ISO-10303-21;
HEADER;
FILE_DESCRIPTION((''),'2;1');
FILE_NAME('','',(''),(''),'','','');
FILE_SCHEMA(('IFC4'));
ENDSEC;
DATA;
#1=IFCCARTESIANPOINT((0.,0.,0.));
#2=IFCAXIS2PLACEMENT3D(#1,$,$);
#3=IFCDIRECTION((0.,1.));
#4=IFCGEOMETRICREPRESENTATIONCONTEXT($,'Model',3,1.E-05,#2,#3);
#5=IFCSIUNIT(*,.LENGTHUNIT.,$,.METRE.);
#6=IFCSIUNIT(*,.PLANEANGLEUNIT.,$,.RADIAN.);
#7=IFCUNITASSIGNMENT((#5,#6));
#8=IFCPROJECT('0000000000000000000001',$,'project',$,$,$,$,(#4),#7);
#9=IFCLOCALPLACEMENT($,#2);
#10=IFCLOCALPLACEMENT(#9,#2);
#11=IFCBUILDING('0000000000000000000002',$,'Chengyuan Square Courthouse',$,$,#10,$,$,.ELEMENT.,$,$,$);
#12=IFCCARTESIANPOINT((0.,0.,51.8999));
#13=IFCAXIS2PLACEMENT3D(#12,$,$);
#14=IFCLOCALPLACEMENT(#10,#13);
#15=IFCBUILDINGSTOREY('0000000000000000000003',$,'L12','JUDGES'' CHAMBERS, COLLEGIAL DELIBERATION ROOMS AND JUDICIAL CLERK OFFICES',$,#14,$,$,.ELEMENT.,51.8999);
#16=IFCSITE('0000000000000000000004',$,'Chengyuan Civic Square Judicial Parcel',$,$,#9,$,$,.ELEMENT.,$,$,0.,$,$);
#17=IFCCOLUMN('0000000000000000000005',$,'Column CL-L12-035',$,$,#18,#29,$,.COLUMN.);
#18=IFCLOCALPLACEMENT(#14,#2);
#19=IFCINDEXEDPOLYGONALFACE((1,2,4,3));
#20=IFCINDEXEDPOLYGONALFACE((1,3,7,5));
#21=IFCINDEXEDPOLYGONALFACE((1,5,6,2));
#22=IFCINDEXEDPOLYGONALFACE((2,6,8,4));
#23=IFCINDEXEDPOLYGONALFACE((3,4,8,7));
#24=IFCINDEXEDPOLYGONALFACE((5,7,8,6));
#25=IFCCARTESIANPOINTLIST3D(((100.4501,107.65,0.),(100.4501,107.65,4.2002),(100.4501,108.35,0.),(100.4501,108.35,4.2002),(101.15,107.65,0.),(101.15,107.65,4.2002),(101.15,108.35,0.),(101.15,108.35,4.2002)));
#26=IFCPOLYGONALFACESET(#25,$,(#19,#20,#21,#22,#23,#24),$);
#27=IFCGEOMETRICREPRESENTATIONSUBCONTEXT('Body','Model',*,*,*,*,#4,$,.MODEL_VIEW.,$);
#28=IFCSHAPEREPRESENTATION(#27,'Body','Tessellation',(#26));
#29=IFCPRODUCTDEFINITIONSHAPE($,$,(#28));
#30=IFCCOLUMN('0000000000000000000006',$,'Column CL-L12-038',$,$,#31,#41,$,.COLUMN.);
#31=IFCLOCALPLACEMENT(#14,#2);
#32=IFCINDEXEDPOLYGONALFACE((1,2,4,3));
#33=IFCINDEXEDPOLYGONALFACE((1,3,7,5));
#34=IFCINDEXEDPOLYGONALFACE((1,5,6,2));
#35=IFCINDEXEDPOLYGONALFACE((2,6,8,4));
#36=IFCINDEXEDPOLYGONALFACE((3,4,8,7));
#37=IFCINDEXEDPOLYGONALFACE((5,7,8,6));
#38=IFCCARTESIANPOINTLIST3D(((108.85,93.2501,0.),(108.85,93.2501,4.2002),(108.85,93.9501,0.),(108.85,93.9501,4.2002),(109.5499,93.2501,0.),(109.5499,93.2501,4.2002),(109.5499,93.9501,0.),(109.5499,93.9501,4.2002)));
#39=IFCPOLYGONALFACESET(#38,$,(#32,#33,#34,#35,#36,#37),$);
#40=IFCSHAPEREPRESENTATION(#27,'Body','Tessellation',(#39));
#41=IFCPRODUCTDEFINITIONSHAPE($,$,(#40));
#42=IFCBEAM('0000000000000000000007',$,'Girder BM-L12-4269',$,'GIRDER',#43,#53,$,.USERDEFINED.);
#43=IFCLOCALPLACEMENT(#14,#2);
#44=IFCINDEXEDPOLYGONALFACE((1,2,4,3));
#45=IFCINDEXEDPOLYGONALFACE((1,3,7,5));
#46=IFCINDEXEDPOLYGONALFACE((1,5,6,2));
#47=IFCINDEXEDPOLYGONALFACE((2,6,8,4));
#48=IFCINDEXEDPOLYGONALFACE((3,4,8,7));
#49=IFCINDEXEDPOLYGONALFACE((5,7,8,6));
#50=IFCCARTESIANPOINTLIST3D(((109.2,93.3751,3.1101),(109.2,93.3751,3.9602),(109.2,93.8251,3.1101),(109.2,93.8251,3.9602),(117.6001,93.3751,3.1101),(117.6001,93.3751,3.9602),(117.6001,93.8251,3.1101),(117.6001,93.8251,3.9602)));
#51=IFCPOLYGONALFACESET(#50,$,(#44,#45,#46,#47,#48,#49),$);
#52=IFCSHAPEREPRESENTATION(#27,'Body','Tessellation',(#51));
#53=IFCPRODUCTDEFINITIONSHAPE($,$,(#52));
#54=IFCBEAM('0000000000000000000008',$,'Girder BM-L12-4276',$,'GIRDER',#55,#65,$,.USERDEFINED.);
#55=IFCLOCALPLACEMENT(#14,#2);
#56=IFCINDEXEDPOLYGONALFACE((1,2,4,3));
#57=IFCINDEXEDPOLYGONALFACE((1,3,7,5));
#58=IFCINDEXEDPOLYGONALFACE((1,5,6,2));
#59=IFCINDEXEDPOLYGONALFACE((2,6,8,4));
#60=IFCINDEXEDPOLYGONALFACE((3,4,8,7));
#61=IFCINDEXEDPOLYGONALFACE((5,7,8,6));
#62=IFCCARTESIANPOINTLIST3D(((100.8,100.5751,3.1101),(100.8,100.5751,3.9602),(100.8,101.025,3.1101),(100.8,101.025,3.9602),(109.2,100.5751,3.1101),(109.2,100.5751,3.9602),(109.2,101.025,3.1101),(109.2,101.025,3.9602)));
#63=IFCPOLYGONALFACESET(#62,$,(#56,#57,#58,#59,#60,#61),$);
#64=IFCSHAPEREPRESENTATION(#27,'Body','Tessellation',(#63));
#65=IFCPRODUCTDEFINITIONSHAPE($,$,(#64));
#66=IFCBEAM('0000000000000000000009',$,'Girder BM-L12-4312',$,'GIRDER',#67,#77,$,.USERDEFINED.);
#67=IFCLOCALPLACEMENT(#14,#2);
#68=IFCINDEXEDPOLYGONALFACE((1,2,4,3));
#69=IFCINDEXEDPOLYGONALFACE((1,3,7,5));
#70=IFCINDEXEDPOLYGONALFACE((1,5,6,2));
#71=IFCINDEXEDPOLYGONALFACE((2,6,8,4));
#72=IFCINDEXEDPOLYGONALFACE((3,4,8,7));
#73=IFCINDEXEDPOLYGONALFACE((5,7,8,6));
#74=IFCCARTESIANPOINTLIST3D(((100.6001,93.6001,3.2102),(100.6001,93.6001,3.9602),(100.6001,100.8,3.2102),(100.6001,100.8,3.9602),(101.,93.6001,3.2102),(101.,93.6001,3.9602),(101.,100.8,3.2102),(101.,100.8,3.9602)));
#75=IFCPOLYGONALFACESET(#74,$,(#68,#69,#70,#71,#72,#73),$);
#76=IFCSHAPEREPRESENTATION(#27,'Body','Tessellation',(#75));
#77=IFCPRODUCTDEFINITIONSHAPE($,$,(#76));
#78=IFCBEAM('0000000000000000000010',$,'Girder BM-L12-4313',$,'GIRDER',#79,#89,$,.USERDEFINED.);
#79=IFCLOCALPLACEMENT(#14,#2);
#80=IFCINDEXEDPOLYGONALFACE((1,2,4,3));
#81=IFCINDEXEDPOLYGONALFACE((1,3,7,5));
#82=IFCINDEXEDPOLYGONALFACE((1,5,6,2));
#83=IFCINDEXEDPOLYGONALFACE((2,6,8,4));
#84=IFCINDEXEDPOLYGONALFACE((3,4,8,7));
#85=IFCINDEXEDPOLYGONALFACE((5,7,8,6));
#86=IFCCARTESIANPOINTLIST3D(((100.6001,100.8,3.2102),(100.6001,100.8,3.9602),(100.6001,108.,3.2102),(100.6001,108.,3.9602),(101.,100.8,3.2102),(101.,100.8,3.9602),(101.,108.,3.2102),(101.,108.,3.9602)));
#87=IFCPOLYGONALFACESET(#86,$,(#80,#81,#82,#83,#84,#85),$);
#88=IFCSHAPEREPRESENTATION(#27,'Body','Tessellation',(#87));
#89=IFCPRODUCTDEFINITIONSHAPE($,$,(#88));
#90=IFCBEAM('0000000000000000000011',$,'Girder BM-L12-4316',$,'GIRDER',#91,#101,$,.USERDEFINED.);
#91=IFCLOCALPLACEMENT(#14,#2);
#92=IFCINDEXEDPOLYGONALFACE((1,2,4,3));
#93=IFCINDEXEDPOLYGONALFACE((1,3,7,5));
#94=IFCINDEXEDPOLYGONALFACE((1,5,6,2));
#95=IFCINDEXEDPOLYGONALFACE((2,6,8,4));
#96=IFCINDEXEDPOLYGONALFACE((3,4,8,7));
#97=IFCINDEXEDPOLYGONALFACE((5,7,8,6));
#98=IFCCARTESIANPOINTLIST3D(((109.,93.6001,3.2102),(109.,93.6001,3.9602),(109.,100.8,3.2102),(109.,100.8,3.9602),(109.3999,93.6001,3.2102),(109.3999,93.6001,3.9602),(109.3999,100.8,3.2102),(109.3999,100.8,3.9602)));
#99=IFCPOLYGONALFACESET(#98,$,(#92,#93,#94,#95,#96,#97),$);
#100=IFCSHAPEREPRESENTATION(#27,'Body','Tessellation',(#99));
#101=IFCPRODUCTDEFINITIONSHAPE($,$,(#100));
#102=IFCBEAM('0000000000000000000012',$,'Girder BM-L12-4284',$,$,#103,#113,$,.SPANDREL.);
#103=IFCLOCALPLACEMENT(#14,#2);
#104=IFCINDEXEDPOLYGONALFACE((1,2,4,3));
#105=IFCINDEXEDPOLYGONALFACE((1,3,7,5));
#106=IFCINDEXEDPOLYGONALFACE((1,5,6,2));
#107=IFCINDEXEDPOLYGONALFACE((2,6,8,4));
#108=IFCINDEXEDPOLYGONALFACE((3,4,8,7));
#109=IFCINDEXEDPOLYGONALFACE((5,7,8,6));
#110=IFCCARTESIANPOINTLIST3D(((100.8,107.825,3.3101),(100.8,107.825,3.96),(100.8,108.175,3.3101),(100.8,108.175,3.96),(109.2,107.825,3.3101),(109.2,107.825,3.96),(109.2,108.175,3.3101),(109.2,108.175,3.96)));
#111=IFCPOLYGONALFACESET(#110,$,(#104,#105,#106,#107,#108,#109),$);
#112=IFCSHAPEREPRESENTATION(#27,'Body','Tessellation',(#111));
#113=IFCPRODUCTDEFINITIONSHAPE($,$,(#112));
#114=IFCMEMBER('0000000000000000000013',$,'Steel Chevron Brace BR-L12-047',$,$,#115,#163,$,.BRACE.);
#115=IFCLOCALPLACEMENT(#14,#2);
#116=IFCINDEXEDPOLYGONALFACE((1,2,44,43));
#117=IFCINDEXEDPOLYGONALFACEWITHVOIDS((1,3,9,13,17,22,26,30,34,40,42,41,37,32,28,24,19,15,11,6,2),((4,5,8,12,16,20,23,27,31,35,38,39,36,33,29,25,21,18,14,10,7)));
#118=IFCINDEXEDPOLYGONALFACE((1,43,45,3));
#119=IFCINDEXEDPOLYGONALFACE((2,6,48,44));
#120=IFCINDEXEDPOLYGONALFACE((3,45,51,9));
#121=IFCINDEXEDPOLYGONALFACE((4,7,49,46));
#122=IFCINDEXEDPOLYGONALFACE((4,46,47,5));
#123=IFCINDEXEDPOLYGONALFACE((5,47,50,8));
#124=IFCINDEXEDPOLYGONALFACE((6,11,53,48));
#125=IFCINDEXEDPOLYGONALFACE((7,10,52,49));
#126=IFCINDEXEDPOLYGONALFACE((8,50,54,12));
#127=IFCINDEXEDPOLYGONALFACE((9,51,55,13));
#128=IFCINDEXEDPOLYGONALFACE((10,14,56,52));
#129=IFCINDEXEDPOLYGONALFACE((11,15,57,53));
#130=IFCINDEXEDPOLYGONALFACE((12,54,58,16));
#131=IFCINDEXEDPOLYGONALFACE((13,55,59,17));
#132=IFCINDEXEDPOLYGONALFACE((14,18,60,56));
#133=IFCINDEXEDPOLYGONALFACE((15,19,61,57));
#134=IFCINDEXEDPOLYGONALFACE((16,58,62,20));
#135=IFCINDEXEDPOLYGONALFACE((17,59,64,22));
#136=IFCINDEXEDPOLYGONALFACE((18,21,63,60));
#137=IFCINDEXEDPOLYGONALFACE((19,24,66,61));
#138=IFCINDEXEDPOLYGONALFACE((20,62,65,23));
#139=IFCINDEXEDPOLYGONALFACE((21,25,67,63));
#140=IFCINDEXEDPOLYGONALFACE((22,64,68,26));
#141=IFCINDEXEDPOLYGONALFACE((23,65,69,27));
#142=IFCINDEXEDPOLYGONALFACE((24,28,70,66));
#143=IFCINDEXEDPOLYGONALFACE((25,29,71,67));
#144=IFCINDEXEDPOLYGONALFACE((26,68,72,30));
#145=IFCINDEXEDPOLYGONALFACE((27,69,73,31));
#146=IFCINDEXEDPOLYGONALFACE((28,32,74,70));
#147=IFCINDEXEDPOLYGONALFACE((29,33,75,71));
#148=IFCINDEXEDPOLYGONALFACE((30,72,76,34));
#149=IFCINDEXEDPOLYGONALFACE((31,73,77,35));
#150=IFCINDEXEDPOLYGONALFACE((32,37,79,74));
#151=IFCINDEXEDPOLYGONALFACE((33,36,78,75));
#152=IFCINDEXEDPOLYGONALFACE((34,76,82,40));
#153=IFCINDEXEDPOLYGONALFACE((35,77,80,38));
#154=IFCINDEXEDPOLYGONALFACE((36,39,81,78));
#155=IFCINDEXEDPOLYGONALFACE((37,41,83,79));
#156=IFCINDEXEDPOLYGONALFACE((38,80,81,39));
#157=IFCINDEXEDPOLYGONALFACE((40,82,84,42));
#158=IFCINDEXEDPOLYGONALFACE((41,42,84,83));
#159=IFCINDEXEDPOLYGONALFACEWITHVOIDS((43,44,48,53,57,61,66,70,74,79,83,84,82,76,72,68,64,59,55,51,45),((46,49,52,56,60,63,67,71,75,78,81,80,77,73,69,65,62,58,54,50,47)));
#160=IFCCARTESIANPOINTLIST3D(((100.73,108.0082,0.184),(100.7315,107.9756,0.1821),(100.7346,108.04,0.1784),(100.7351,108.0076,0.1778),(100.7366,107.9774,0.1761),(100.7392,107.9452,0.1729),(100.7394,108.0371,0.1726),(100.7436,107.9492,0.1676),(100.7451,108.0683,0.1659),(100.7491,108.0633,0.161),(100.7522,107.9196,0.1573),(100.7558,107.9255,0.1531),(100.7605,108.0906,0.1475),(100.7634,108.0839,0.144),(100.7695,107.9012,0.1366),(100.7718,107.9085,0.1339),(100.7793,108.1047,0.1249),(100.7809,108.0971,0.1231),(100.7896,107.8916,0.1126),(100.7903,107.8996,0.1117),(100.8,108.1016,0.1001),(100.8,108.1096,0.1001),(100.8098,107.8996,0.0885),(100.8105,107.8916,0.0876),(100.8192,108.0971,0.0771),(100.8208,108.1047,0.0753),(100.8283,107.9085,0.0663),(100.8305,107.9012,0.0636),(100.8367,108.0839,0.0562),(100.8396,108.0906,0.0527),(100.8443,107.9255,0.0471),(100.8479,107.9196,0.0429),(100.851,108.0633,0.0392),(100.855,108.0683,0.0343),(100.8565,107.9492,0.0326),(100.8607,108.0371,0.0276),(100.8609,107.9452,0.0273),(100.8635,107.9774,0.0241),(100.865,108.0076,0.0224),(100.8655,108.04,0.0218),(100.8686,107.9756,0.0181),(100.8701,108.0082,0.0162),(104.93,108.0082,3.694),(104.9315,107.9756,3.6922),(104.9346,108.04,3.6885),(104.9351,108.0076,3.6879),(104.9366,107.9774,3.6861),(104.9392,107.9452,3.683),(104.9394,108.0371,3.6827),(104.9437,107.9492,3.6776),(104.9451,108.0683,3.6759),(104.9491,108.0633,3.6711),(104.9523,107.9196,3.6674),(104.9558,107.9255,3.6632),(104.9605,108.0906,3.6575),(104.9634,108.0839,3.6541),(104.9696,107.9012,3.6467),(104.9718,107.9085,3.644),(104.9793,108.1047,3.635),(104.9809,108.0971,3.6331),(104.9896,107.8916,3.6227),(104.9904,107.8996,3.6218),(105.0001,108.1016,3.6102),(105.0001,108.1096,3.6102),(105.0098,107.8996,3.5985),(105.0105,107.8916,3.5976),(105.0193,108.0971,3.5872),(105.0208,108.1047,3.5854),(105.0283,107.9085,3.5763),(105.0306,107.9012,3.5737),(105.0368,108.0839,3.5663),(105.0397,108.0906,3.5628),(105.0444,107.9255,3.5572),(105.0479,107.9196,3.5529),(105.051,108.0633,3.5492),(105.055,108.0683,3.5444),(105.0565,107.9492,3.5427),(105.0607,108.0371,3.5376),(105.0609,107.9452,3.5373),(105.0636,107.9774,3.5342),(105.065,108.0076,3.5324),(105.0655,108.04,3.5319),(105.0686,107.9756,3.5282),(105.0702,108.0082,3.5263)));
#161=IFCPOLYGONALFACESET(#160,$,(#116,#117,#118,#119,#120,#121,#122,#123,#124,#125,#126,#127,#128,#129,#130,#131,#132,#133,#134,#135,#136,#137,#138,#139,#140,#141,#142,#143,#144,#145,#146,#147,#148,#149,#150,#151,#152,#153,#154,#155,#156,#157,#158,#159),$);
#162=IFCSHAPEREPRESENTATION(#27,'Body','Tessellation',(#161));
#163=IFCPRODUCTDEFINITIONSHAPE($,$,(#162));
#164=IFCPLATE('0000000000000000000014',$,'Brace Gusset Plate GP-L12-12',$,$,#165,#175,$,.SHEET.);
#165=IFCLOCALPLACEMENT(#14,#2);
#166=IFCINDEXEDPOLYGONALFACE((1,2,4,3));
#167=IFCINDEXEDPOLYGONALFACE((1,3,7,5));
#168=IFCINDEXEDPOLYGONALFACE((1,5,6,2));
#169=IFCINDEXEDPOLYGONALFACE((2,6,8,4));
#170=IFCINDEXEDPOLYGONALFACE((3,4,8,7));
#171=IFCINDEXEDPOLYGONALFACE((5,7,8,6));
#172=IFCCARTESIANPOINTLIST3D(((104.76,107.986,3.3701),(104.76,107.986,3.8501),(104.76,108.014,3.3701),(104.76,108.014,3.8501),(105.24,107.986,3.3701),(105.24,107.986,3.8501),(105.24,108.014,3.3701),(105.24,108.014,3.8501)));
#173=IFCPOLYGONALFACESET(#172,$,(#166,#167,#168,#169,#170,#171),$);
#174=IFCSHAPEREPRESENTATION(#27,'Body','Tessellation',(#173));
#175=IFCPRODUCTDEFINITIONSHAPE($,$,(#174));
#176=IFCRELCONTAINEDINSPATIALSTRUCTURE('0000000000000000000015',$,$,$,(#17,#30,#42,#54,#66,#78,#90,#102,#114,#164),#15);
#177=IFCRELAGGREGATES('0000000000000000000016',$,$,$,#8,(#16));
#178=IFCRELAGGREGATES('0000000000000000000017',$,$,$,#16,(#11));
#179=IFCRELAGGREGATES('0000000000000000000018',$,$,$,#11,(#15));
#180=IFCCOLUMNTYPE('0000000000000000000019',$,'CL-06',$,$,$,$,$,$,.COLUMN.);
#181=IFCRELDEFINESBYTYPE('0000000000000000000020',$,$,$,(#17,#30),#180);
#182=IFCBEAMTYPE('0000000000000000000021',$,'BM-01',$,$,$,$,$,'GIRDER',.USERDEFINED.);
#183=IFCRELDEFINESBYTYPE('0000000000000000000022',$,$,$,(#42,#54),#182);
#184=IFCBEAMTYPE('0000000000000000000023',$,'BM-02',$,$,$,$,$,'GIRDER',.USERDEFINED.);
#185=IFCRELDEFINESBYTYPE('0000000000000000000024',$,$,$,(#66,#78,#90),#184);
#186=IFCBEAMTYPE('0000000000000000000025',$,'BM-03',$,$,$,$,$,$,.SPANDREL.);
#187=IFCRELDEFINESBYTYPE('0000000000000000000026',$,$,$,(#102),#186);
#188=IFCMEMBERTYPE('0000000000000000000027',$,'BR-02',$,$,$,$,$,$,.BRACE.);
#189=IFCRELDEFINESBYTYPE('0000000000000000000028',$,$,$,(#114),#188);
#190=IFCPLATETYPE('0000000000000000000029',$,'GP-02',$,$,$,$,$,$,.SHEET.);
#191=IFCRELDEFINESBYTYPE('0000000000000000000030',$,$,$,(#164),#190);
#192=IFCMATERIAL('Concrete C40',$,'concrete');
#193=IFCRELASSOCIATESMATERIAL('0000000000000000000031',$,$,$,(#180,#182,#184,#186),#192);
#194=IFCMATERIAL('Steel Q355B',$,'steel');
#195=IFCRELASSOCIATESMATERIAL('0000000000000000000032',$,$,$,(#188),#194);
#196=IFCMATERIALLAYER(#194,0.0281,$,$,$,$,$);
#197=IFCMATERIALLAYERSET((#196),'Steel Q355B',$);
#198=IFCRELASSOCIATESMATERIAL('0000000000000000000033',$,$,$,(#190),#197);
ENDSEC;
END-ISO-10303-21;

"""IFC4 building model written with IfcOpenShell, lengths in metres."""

from ifc_helpers import new_model, si_unit, direction, frame, origin, origin_2d, place, context, subcontext, project, spatial, rectangle, hollow_circle, extrude, material, layer, layer_set, material_profile, profile_set, type_object, element, save


model = new_model("IFC4")

# Units and contexts
model_context = context("Model", 3, precision=1e-05, world=origin(), true_north=direction((0.0, 1.0)))
body_context = subcontext(model_context, "Body", "Model", "MODEL_VIEW")
ifc_project = project(units=[si_unit("LENGTHUNIT", "METRE"), si_unit("PLANEANGLEUNIT", "RADIAN")], contexts=[model_context])

# Site, building, storey
site_placement = place(None, origin())
site = spatial("IfcSite", under=ifc_project, at=site_placement, Name="Chengyuan Civic Square Judicial Parcel", CompositionType="ELEMENT", RefElevation=0.0)
building_placement = place(site_placement, origin())
building = spatial("IfcBuilding", under=site, at=building_placement, Name="Chengyuan Square Courthouse", CompositionType="ELEMENT")
storey_placement = place(building_placement, frame((0.0, 0.0, 51.8999)))
storey = spatial("IfcBuildingStorey", under=building, at=storey_placement, Name="L12", Description="JUDGES' CHAMBERS, COLLEGIAL DELIBERATION ROOMS AND JUDICIAL CLERK OFFICES", CompositionType="ELEMENT", Elevation=51.8999)

# Columns
ifc_material_1 = material(Name="Concrete C40", Category="concrete")
ifc_material_profile_1 = material_profile(ifc_material_1, rectangle(XDim=0.7, YDim=0.7, at=origin_2d()), Name="RC-COL-700x700")
ifc_profile_set_1 = profile_set([ifc_material_profile_1], Name="Concrete C40")
column_type = type_object("IfcColumnType", Name="CL-06", PredefinedType="COLUMN", material=ifc_profile_set_1)
for number, where, z_axis, x_axis, name in (
    (1, (100.8, 108.0, 0.0), (0.0, 0.0, 1.0), (1.0, 0.0, 0.0), "Column CL-L12-035"),
    (2, (109.2, 93.6001, 0.0), (0.0, 0.0, 1.0), (1.0, 0.0, 0.0), "Column CL-L12-038"),
):
    element("IfcColumn", number, at=place(storey_placement, frame(where, z_axis=z_axis, x_axis=x_axis)), inside=storey, type_object=column_type, Name=name, PredefinedType="COLUMN", context=body_context, shape_type="SweptSolid", body=[
        extrude(rectangle(XDim=0.7, YDim=0.7, at=origin_2d()), origin(), (0.0, 0.0, 1.0), 4.2002),
    ])

# Beams
ifc_material_profile_2 = material_profile(ifc_material_1, rectangle(XDim=0.45, YDim=0.8501, at=origin_2d()), Name="RC-BM-450x850")
ifc_profile_set_2 = profile_set([ifc_material_profile_2], Name="Concrete C40")
beam_type_1 = type_object("IfcBeamType", Name="BM-01", ElementType="GIRDER", PredefinedType="USERDEFINED", material=ifc_profile_set_2)
beam_1_placement = place(storey_placement, frame((109.2, 93.6001, 3.5352), z_axis=(1.0, 0.0, 0.0), x_axis=(0.0, 1.0, 0.0)))
element("IfcBeam", 3, at=beam_1_placement, inside=storey, type_object=beam_type_1, Name="Girder BM-L12-4269", ObjectType="GIRDER", PredefinedType="USERDEFINED", context=body_context, shape_type="SweptSolid", body=[
    extrude(rectangle(XDim=0.45, YDim=0.8501, at=origin_2d()), origin(), (0.0, 0.0, 1.0), 8.4001),
])
beam_2_placement = place(storey_placement, frame((100.8, 100.8, 3.5352), z_axis=(1.0, 0.0, 0.0), x_axis=(0.0, 1.0, 0.0)))
element("IfcBeam", 4, at=beam_2_placement, inside=storey, type_object=beam_type_1, Name="Girder BM-L12-4276", ObjectType="GIRDER", PredefinedType="USERDEFINED", context=body_context, shape_type="SweptSolid", body=[
    extrude(rectangle(XDim=0.45, YDim=0.8501, at=origin_2d()), origin(), (0.0, 0.0, 1.0), 8.3999),
])
ifc_material_profile_3 = material_profile(ifc_material_1, rectangle(XDim=0.3999, YDim=0.75, at=origin_2d()), Name="RC-BM-400x750")
ifc_profile_set_3 = profile_set([ifc_material_profile_3], Name="Concrete C40")
beam_type_2 = type_object("IfcBeamType", Name="BM-02", ElementType="GIRDER", PredefinedType="USERDEFINED", material=ifc_profile_set_3)
for number, where, z_axis, x_axis, name in (
    (5, (100.8, 93.6001, 3.5852), (0.0, 1.0, 0.0), (-1.0, 0.0, 0.0), "Girder BM-L12-4312"),
    (6, (100.8, 100.8, 3.5852), (0.0, 1.0, 0.0), (-1.0, 0.0, 0.0), "Girder BM-L12-4313"),
    (7, (109.2, 93.6001, 3.5852), (0.0, 1.0, 0.0), (-1.0, 0.0, 0.0), "Girder BM-L12-4316"),
):
    element("IfcBeam", number, at=place(storey_placement, frame(where, z_axis=z_axis, x_axis=x_axis)), inside=storey, type_object=beam_type_2, Name=name, ObjectType="GIRDER", PredefinedType="USERDEFINED", context=body_context, shape_type="SweptSolid", body=[
        extrude(rectangle(XDim=0.3999, YDim=0.75, at=origin_2d()), origin(), (0.0, 0.0, 1.0), 7.2),
    ])
ifc_material_profile_4 = material_profile(ifc_material_1, rectangle(XDim=0.3501, YDim=0.6499, at=origin_2d()), Name="RC-BM-350x650")
ifc_profile_set_4 = profile_set([ifc_material_profile_4], Name="Concrete C40")
beam_type_3 = type_object("IfcBeamType", Name="BM-03", PredefinedType="SPANDREL", material=ifc_profile_set_4)
beam_3_placement = place(storey_placement, frame((100.8, 108.0, 3.635), z_axis=(1.0, 0.0, 0.0), x_axis=(0.0, 1.0, 0.0)))
element("IfcBeam", 8, at=beam_3_placement, inside=storey, type_object=beam_type_3, Name="Girder BM-L12-4284", PredefinedType="SPANDREL", context=body_context, shape_type="SweptSolid", body=[
    extrude(rectangle(XDim=0.3501, YDim=0.6499, at=origin_2d()), origin(), (0.0, 0.0, 1.0), 8.3999),
])

# Member
ifc_material_2 = material(Name="Steel Q355B", Category="steel")
ifc_material_profile_5 = material_profile(ifc_material_2, hollow_circle(Radius=0.1096, WallThickness=0.0081, at=origin_2d()), Name="CHS 219x8")
ifc_profile_set_5 = profile_set([ifc_material_profile_5], Name="Steel Q355B")
member_type = type_object("IfcMemberType", Name="BR-02", PredefinedType="BRACE", material=ifc_profile_set_5)
member_placement = place(storey_placement, frame((100.8, 108.0, 0.1001), z_axis=(0.767317, 0.0, 0.641267), x_axis=(0.0, 1.0, 0.0)))
element("IfcMember", 9, at=member_placement, inside=storey, type_object=member_type, Name="Steel Chevron Brace BR-L12-047", PredefinedType="BRACE", context=body_context, shape_type="SweptSolid", body=[
    extrude(hollow_circle(Radius=0.1096, WallThickness=0.0081, at=origin_2d()), origin(), (0.0, 0.0, 1.0), 5.4736),
])

# Plate
ifc_layer_1 = layer(ifc_material_2, 0.0281)
ifc_layer_set_1 = layer_set([ifc_layer_1], Name="Steel Q355B")
plate_type = type_object("IfcPlateType", Name="GP-02", PredefinedType="SHEET", material=ifc_layer_set_1)
plate_placement = place(storey_placement, frame((105.0, 108.0, 3.3701), z_axis=(0.0, 0.0, 1.0), x_axis=(1.0, 0.0, 0.0)))
element("IfcPlate", 10, at=plate_placement, inside=storey, type_object=plate_type, Name="Brace Gusset Plate GP-L12-12", PredefinedType="SHEET", context=body_context, shape_type="SweptSolid", body=[
    extrude(rectangle(XDim=0.48, YDim=0.0281, at=origin_2d()), origin(), (0.0, 0.0, 1.0), 0.48),
])

save(model, "model.ifc")
